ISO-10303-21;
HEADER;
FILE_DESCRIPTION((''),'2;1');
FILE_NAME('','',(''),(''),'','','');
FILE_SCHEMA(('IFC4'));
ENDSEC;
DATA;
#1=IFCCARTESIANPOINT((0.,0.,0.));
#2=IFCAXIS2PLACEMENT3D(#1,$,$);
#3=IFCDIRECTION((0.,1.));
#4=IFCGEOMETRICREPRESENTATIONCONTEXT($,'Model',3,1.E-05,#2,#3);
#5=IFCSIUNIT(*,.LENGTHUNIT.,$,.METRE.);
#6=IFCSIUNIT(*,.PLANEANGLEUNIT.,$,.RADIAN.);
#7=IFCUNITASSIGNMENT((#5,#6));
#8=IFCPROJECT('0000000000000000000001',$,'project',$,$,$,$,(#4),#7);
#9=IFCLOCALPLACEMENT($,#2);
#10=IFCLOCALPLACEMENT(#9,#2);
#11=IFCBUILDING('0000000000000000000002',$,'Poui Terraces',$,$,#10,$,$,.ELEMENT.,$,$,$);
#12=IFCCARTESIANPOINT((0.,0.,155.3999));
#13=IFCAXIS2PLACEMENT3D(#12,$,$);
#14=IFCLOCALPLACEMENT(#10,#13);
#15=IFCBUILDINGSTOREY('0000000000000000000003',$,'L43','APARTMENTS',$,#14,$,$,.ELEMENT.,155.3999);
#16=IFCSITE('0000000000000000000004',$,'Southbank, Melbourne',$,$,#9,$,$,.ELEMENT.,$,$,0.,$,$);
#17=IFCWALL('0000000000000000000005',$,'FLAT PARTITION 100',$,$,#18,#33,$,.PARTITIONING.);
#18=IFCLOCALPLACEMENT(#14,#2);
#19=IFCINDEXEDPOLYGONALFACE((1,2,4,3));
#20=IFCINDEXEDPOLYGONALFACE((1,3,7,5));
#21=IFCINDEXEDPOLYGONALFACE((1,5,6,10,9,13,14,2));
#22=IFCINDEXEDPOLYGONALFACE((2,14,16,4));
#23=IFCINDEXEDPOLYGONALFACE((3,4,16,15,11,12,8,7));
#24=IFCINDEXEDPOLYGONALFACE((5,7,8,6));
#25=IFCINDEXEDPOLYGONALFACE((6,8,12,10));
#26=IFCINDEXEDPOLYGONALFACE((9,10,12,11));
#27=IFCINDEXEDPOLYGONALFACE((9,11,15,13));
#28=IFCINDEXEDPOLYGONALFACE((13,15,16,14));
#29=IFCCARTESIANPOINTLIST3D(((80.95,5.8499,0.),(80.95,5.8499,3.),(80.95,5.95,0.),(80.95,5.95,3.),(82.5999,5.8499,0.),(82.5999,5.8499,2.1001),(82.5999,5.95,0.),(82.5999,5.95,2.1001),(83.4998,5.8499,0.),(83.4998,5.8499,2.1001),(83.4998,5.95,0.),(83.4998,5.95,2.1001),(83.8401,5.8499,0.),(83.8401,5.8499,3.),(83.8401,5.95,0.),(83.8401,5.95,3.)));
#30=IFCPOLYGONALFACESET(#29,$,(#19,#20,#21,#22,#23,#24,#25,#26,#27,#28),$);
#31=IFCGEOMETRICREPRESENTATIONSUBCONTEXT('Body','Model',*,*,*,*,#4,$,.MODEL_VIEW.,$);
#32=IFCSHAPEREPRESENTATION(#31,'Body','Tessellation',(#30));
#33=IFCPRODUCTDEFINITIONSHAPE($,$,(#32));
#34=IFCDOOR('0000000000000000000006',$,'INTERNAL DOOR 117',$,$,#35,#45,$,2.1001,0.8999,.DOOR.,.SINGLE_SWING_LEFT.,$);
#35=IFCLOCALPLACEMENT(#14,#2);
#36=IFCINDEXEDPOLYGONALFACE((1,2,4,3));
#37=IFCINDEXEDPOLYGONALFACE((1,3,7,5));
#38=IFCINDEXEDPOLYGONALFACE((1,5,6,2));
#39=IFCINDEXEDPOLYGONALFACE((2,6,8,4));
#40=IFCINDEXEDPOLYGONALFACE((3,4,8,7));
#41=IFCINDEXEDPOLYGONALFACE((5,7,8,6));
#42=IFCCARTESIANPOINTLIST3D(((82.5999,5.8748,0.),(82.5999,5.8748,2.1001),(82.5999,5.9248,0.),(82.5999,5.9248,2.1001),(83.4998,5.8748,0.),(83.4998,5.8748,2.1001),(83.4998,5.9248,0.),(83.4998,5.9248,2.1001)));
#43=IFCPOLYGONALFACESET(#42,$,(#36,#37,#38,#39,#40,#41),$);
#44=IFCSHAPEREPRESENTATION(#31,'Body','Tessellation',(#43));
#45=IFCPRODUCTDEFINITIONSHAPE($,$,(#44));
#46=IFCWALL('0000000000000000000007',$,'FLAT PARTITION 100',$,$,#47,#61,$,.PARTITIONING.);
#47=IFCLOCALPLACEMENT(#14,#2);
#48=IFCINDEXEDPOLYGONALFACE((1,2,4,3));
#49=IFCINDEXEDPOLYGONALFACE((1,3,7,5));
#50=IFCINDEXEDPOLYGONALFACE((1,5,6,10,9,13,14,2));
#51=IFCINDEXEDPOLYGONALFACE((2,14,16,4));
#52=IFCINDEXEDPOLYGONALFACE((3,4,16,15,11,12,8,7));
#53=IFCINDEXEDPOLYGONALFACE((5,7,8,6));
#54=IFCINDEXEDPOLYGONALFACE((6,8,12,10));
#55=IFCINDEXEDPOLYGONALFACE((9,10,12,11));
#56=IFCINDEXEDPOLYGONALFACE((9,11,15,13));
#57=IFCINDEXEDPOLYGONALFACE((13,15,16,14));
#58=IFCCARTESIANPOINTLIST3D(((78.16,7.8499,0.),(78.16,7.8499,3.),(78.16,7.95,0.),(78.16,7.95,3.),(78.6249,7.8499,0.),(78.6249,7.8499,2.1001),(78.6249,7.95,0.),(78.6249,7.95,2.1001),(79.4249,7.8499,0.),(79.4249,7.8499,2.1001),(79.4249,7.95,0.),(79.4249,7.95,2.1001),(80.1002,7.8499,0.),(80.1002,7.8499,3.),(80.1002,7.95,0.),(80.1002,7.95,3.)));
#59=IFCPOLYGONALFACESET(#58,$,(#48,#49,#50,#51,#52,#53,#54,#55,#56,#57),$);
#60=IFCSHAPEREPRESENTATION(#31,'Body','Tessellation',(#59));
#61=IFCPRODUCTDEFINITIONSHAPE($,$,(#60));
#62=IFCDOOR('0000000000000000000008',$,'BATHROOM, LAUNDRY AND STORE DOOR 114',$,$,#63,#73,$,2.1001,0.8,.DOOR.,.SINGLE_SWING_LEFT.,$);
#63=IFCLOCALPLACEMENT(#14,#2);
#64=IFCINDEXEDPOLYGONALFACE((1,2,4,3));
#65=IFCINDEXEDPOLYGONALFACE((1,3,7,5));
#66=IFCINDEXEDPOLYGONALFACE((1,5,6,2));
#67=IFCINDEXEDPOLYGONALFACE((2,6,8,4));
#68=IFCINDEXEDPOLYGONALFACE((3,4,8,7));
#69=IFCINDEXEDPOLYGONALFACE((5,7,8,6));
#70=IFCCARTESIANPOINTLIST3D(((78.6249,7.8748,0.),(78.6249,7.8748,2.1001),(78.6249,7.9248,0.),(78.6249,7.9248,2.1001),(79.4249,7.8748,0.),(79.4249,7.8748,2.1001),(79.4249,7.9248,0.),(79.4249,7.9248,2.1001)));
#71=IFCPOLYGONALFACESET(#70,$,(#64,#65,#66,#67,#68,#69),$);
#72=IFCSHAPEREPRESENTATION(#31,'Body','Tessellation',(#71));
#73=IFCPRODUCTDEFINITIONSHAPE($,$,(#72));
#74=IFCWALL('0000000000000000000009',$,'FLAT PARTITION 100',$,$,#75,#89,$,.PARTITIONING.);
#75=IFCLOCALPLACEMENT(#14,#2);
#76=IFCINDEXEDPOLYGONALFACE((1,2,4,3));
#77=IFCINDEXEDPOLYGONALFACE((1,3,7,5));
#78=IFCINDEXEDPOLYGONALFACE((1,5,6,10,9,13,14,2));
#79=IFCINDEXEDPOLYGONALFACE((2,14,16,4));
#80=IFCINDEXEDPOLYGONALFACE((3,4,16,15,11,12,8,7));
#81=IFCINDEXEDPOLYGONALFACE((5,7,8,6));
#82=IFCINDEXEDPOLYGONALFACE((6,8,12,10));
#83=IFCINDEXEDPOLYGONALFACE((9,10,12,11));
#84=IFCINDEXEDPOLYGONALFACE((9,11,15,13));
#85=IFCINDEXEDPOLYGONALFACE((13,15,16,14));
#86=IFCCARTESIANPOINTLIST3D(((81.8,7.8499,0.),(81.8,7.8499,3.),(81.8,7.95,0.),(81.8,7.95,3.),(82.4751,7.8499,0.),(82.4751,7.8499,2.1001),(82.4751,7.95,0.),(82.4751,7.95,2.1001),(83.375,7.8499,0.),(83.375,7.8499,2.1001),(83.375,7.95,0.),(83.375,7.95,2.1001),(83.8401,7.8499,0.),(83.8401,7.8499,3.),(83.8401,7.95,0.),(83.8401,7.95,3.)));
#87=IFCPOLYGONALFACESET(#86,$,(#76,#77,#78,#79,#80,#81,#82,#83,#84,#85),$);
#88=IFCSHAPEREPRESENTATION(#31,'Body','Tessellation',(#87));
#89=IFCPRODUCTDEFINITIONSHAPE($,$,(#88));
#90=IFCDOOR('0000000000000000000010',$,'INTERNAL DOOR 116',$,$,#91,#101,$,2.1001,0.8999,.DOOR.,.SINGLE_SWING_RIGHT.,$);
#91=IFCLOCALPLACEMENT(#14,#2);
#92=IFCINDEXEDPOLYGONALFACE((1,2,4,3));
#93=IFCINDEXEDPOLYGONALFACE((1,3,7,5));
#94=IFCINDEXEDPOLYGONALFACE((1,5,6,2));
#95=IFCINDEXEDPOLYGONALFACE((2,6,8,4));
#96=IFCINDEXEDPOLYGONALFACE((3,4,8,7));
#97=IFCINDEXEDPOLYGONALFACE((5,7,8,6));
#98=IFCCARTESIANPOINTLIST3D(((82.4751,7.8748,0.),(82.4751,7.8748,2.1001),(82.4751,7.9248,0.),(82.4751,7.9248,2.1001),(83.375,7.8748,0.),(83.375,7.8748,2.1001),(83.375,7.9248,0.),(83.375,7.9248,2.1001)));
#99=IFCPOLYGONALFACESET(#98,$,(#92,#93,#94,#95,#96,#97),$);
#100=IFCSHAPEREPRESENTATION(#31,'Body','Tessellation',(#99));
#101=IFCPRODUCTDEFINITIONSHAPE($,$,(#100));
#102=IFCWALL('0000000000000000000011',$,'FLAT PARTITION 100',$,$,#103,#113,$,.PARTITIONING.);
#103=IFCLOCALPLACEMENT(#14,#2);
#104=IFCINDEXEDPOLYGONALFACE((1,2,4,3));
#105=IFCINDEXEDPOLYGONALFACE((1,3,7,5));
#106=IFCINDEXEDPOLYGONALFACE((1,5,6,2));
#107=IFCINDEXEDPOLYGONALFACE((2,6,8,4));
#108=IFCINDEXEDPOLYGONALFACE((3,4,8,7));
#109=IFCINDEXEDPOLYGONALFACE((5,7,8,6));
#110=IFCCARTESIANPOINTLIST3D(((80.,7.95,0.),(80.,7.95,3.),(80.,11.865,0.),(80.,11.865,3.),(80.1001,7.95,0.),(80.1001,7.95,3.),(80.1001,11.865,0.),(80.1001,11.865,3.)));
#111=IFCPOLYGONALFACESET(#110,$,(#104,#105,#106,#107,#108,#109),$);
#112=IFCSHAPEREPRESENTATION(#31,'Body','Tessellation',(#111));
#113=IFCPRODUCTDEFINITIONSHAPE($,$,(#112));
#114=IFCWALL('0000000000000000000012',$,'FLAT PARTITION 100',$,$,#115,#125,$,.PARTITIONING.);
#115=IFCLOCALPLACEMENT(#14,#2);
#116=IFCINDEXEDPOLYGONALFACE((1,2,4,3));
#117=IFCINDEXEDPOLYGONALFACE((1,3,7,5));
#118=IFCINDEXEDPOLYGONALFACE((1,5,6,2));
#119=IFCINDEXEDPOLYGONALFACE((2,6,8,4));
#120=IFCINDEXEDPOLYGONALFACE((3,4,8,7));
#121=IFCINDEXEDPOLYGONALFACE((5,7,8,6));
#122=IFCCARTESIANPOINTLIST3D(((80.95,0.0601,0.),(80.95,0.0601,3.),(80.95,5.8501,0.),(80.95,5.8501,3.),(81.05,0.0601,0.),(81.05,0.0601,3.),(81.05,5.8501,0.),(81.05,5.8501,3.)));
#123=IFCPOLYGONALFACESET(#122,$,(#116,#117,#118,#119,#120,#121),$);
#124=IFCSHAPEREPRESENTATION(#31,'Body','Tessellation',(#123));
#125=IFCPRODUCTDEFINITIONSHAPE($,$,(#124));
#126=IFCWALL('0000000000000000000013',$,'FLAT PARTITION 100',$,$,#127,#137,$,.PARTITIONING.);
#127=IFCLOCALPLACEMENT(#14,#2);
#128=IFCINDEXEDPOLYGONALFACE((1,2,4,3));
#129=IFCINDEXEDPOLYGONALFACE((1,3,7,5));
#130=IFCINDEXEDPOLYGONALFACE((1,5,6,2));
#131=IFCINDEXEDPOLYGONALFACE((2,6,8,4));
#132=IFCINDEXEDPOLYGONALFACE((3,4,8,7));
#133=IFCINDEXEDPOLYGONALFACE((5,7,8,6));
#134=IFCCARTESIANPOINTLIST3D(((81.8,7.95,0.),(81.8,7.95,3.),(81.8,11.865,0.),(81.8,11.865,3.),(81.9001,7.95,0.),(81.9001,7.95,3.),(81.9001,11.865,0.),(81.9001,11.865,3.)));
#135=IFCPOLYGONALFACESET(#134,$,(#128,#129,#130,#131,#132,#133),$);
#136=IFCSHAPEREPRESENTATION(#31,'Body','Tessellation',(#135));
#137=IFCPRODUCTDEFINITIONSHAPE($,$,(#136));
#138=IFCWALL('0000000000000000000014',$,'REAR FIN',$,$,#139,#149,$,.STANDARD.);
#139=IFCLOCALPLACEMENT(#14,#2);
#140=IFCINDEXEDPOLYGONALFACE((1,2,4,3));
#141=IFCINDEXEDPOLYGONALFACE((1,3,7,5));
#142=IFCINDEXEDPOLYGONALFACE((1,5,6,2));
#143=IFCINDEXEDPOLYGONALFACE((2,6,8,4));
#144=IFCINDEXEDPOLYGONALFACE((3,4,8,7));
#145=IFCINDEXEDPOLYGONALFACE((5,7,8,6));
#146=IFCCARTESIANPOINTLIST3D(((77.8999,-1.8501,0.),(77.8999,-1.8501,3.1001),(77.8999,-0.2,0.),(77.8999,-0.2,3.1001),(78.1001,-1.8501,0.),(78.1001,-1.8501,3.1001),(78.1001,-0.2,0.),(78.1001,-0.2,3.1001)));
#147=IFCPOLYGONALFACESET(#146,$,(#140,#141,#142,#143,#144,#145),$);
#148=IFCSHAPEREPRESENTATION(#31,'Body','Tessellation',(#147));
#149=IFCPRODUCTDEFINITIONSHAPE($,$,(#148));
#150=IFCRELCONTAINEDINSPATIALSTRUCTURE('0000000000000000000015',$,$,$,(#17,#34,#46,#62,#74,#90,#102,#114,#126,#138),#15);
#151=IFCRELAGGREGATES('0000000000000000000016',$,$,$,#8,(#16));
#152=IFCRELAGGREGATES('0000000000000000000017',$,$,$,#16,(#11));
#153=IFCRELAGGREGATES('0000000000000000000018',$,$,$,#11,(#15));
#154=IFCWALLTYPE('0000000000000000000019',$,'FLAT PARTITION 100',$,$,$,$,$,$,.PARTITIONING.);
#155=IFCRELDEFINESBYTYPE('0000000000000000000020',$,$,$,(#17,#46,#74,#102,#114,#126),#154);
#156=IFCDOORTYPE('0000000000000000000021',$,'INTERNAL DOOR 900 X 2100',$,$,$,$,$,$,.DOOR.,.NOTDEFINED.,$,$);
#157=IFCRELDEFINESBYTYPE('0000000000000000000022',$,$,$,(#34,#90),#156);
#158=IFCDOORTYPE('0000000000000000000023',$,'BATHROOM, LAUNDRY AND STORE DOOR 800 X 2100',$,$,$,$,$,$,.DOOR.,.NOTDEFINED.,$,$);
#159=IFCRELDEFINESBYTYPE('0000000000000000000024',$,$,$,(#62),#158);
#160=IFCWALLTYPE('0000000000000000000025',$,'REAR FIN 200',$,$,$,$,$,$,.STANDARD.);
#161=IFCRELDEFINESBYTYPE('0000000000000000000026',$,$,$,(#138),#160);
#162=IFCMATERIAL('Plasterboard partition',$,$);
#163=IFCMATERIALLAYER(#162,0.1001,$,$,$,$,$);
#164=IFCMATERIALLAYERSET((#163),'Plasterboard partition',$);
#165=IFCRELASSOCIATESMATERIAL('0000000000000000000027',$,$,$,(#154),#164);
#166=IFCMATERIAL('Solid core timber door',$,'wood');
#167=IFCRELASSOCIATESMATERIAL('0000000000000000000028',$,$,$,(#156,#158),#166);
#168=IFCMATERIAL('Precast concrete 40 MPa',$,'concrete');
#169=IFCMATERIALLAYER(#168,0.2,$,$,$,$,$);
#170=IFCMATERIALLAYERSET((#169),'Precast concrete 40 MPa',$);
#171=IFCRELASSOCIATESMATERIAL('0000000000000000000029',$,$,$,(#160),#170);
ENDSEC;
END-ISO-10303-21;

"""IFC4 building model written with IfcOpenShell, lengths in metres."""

from ifc_helpers import new_model, si_unit, direction, frame, frame_2d, origin, place, context, subcontext, project, spatial, polyline, rectangle, outline, extrude, source, transform, mapped, material, layer, layer_set, type_object, element, fill, save


model = new_model("IFC4")

# Units and contexts
model_context = context("Model", 3, precision=1e-05, world=origin(), true_north=direction((0.0, 1.0)))
body_context = subcontext(model_context, "Body", "Model", "MODEL_VIEW")
ifc_project = project(units=[si_unit("LENGTHUNIT", "METRE"), si_unit("PLANEANGLEUNIT", "RADIAN")], contexts=[model_context])

# Site, building, storey
site_placement = place(None, origin())
site = spatial("IfcSite", under=ifc_project, at=site_placement, Name="Southbank, Melbourne", CompositionType="ELEMENT", RefElevation=0.0)
building_placement = place(site_placement, origin())
building = spatial("IfcBuilding", under=site, at=building_placement, Name="Poui Terraces", CompositionType="ELEMENT")
storey_placement = place(building_placement, frame((0.0, 0.0, 155.3999)))
storey = spatial("IfcBuildingStorey", under=building, at=storey_placement, Name="L43", Description="APARTMENTS", CompositionType="ELEMENT", Elevation=155.3999)

# Walls, openings, doors
ifc_material_1 = material(Name="Plasterboard partition")
ifc_layer_1 = layer(ifc_material_1, 0.1001)
ifc_layer_set_1 = layer_set([ifc_layer_1], Name="Plasterboard partition")
wall_type_1 = type_object("IfcWallType", Name="FLAT PARTITION 100", PredefinedType="PARTITIONING", material=ifc_layer_set_1)
wall_1_placement = place(storey_placement, frame((80.95, 5.8999, 0.0), z_axis=(0.0, 0.0, 1.0), x_axis=(1.0, 0.0, 0.0)))
wall_1 = element("IfcWall", 1, at=wall_1_placement, inside=storey, type_object=wall_type_1, Name="FLAT PARTITION 100", PredefinedType="PARTITIONING", context=body_context, shape_type="SweptSolid", body=[
    extrude(rectangle(XDim=2.8901, YDim=0.1001, at=frame_2d((1.4451, 0.0))), origin(), (0.0, 0.0, 1.0), 3.0),
])
opening_1_placement = place(wall_1_placement, frame((1.6499, 0.0, 0.0)))
opening_1 = element("IfcOpeningElement", 2, at=opening_1_placement, cuts=wall_1, PredefinedType="OPENING", context=body_context, shape_type="SweptSolid", body=[
    extrude(rectangle(XDim=0.8999, YDim=2.1001, at=frame_2d((0.45, 1.05))), frame((0.0, 0.0601, 0.0), z_axis=(0.0, -1.0, 0.0), x_axis=(1.0, 0.0, 0.0)), (0.0, 0.0, 1.0), 0.1201),
])
ifc_material_2 = material(Name="Solid core timber door", Category="wood")
door_type_1 = type_object("IfcDoorType", Name="INTERNAL DOOR 900 X 2100", OperationType="NOTDEFINED", PredefinedType="DOOR", material=ifc_material_2)
door_1_placement = place(opening_1_placement, origin())
door_1 = element("IfcDoor", 3, at=door_1_placement, inside=storey, type_object=door_type_1, Name="INTERNAL DOOR 117", OperationType="SINGLE_SWING_LEFT", OverallHeight=2.1001, OverallWidth=0.8999, PredefinedType="DOOR", context=body_context, shape_type="SweptSolid", body=[
    extrude(rectangle(XDim=0.8999, YDim=2.1001, at=frame_2d((0.45, 1.05))), frame((0.0, 0.0249, 0.0), z_axis=(0.0, -1.0, 0.0), x_axis=(1.0, 0.0, 0.0)), (0.0, 0.0, 1.0), 0.05),
])
fill(opening_1, door_1)
wall_2_placement = place(storey_placement, frame((78.1599, 7.8999, 0.0), z_axis=(0.0, 0.0, 1.0), x_axis=(1.0, 0.0, 0.0)))
wall_2 = element("IfcWall", 4, at=wall_2_placement, inside=storey, type_object=wall_type_1, Name="FLAT PARTITION 100", PredefinedType="PARTITIONING", context=body_context, shape_type="SweptSolid", body=[
    extrude(rectangle(XDim=1.9402, YDim=0.1001, at=frame_2d((0.9702, 0.0))), origin(), (0.0, 0.0, 1.0), 3.0),
])
opening_2_placement = place(wall_2_placement, frame((0.4651, 0.0, 0.0)))
opening_2 = element("IfcOpeningElement", 5, at=opening_2_placement, cuts=wall_2, PredefinedType="OPENING", context=body_context, shape_type="SweptSolid", body=[
    extrude(rectangle(XDim=0.8, YDim=2.1001, at=frame_2d((0.3999, 1.05))), frame((0.0, 0.0601, 0.0), z_axis=(0.0, -1.0, 0.0), x_axis=(1.0, 0.0, 0.0)), (0.0, 0.0, 1.0), 0.1201),
])
door_type_2 = type_object("IfcDoorType", Name="BATHROOM, LAUNDRY AND STORE DOOR 800 X 2100", OperationType="NOTDEFINED", PredefinedType="DOOR", material=ifc_material_2)
door_2_placement = place(opening_2_placement, origin())
door_2 = element("IfcDoor", 6, at=door_2_placement, inside=storey, type_object=door_type_2, Name="BATHROOM, LAUNDRY AND STORE DOOR 114", OperationType="SINGLE_SWING_LEFT", OverallHeight=2.1001, OverallWidth=0.8, PredefinedType="DOOR", context=body_context, shape_type="SweptSolid", body=[
    extrude(rectangle(XDim=0.8, YDim=2.1001, at=frame_2d((0.3999, 1.05))), frame((0.0, 0.0249, 0.0), z_axis=(0.0, -1.0, 0.0), x_axis=(1.0, 0.0, 0.0)), (0.0, 0.0, 1.0), 0.05),
])
fill(opening_2, door_2)
wall_3_placement = place(storey_placement, frame((81.8, 7.8999, 0.0), z_axis=(0.0, 0.0, 1.0), x_axis=(1.0, 0.0, 0.0)))
wall_3 = element("IfcWall", 7, at=wall_3_placement, inside=storey, type_object=wall_type_1, Name="FLAT PARTITION 100", PredefinedType="PARTITIONING", context=body_context, shape_type="SweptSolid", body=[
    extrude(rectangle(XDim=2.04, YDim=0.1001, at=frame_2d((1.02, 0.0))), origin(), (0.0, 0.0, 1.0), 3.0),
])
opening_3_placement = place(wall_3_placement, frame((0.675, 0.0, 0.0)))
opening_3 = element("IfcOpeningElement", 8, at=opening_3_placement, cuts=wall_3, PredefinedType="OPENING", context=body_context, shape_type="SweptSolid", body=[
    extrude(rectangle(XDim=0.8999, YDim=2.1001, at=frame_2d((0.45, 1.05))), frame((0.0, 0.0601, 0.0), z_axis=(0.0, -1.0, 0.0), x_axis=(1.0, 0.0, 0.0)), (0.0, 0.0, 1.0), 0.1201),
])
door_3_placement = place(opening_3_placement, origin())
door_3 = element("IfcDoor", 9, at=door_3_placement, inside=storey, type_object=door_type_1, Name="INTERNAL DOOR 116", OperationType="SINGLE_SWING_RIGHT", OverallHeight=2.1001, OverallWidth=0.8999, PredefinedType="DOOR", context=body_context, shape_type="SweptSolid", body=[
    extrude(rectangle(XDim=0.8999, YDim=2.1001, at=frame_2d((0.45, 1.05))), frame((0.0, 0.0249, 0.0), z_axis=(0.0, -1.0, 0.0), x_axis=(1.0, 0.0, 0.0)), (0.0, 0.0, 1.0), 0.05),
])
fill(opening_3, door_3)

# Walls
wall_4_placement = place(storey_placement, frame((80.05, 7.95, 0.0), z_axis=(0.0, 0.0, 1.0), x_axis=(0.0, 1.0, 0.0)))
element("IfcWall", 10, at=wall_4_placement, inside=storey, type_object=wall_type_1, Name="FLAT PARTITION 100", PredefinedType="PARTITIONING", context=body_context, shape_type="SweptSolid", body=[
    extrude(rectangle(XDim=3.915, YDim=0.1001, at=frame_2d((1.9575, 0.0))), origin(), (0.0, 0.0, 1.0), 3.0),
])
wall_5_placement = place(storey_placement, frame((81.0, 0.0601, 0.0), z_axis=(0.0, 0.0, 1.0), x_axis=(0.0, 1.0, 0.0)))
element("IfcWall", 11, at=wall_5_placement, inside=storey, type_object=wall_type_1, Name="FLAT PARTITION 100", PredefinedType="PARTITIONING", context=body_context, shape_type="SweptSolid", body=[
    extrude(rectangle(XDim=5.79, YDim=0.1001, at=frame_2d((2.895, 0.0))), origin(), (0.0, 0.0, 1.0), 3.0),
])
wall_6_placement = place(storey_placement, frame((81.8501, 7.95, 0.0), z_axis=(0.0, 0.0, 1.0), x_axis=(0.0, 1.0, 0.0)))
element("IfcWall", 12, at=wall_6_placement, inside=storey, type_object=wall_type_1, Name="FLAT PARTITION 100", PredefinedType="PARTITIONING", context=body_context, shape_type="SweptSolid", body=[
    extrude(rectangle(XDim=3.915, YDim=0.1001, at=frame_2d((1.9575, 0.0))), origin(), (0.0, 0.0, 1.0), 3.0),
])
ifc_material_3 = material(Name="Precast concrete 40 MPa", Category="concrete")
ifc_layer_2 = layer(ifc_material_3, 0.2)
ifc_layer_set_2 = layer_set([ifc_layer_2], Name="Precast concrete 40 MPa")
wall_type_2 = type_object("IfcWallType", Name="REAR FIN 200", PredefinedType="STANDARD", material=ifc_layer_set_2)
shared_shape = source(origin(), body_context, "Body", "SweptSolid", [
    extrude(outline(polyline([(0.0, 0.0), (0.2002, 0.0), (0.2002, 1.6501), (0.0, 1.6501), (0.0, 0.0)])), origin(), (0.0, 0.0, 1.0), 3.1001),
])
wall_7_placement = place(storey_placement, frame((77.8999, -1.8501, 0.0)))
element("IfcWall", 13, at=wall_7_placement, inside=storey, type_object=wall_type_2, Name="REAR FIN", PredefinedType="STANDARD", context=body_context, shape_type="MappedRepresentation", body=[
    mapped(shared_shape, transform((0.0, 0.0, 0.0))),
])

save(model, "model.ifc")
